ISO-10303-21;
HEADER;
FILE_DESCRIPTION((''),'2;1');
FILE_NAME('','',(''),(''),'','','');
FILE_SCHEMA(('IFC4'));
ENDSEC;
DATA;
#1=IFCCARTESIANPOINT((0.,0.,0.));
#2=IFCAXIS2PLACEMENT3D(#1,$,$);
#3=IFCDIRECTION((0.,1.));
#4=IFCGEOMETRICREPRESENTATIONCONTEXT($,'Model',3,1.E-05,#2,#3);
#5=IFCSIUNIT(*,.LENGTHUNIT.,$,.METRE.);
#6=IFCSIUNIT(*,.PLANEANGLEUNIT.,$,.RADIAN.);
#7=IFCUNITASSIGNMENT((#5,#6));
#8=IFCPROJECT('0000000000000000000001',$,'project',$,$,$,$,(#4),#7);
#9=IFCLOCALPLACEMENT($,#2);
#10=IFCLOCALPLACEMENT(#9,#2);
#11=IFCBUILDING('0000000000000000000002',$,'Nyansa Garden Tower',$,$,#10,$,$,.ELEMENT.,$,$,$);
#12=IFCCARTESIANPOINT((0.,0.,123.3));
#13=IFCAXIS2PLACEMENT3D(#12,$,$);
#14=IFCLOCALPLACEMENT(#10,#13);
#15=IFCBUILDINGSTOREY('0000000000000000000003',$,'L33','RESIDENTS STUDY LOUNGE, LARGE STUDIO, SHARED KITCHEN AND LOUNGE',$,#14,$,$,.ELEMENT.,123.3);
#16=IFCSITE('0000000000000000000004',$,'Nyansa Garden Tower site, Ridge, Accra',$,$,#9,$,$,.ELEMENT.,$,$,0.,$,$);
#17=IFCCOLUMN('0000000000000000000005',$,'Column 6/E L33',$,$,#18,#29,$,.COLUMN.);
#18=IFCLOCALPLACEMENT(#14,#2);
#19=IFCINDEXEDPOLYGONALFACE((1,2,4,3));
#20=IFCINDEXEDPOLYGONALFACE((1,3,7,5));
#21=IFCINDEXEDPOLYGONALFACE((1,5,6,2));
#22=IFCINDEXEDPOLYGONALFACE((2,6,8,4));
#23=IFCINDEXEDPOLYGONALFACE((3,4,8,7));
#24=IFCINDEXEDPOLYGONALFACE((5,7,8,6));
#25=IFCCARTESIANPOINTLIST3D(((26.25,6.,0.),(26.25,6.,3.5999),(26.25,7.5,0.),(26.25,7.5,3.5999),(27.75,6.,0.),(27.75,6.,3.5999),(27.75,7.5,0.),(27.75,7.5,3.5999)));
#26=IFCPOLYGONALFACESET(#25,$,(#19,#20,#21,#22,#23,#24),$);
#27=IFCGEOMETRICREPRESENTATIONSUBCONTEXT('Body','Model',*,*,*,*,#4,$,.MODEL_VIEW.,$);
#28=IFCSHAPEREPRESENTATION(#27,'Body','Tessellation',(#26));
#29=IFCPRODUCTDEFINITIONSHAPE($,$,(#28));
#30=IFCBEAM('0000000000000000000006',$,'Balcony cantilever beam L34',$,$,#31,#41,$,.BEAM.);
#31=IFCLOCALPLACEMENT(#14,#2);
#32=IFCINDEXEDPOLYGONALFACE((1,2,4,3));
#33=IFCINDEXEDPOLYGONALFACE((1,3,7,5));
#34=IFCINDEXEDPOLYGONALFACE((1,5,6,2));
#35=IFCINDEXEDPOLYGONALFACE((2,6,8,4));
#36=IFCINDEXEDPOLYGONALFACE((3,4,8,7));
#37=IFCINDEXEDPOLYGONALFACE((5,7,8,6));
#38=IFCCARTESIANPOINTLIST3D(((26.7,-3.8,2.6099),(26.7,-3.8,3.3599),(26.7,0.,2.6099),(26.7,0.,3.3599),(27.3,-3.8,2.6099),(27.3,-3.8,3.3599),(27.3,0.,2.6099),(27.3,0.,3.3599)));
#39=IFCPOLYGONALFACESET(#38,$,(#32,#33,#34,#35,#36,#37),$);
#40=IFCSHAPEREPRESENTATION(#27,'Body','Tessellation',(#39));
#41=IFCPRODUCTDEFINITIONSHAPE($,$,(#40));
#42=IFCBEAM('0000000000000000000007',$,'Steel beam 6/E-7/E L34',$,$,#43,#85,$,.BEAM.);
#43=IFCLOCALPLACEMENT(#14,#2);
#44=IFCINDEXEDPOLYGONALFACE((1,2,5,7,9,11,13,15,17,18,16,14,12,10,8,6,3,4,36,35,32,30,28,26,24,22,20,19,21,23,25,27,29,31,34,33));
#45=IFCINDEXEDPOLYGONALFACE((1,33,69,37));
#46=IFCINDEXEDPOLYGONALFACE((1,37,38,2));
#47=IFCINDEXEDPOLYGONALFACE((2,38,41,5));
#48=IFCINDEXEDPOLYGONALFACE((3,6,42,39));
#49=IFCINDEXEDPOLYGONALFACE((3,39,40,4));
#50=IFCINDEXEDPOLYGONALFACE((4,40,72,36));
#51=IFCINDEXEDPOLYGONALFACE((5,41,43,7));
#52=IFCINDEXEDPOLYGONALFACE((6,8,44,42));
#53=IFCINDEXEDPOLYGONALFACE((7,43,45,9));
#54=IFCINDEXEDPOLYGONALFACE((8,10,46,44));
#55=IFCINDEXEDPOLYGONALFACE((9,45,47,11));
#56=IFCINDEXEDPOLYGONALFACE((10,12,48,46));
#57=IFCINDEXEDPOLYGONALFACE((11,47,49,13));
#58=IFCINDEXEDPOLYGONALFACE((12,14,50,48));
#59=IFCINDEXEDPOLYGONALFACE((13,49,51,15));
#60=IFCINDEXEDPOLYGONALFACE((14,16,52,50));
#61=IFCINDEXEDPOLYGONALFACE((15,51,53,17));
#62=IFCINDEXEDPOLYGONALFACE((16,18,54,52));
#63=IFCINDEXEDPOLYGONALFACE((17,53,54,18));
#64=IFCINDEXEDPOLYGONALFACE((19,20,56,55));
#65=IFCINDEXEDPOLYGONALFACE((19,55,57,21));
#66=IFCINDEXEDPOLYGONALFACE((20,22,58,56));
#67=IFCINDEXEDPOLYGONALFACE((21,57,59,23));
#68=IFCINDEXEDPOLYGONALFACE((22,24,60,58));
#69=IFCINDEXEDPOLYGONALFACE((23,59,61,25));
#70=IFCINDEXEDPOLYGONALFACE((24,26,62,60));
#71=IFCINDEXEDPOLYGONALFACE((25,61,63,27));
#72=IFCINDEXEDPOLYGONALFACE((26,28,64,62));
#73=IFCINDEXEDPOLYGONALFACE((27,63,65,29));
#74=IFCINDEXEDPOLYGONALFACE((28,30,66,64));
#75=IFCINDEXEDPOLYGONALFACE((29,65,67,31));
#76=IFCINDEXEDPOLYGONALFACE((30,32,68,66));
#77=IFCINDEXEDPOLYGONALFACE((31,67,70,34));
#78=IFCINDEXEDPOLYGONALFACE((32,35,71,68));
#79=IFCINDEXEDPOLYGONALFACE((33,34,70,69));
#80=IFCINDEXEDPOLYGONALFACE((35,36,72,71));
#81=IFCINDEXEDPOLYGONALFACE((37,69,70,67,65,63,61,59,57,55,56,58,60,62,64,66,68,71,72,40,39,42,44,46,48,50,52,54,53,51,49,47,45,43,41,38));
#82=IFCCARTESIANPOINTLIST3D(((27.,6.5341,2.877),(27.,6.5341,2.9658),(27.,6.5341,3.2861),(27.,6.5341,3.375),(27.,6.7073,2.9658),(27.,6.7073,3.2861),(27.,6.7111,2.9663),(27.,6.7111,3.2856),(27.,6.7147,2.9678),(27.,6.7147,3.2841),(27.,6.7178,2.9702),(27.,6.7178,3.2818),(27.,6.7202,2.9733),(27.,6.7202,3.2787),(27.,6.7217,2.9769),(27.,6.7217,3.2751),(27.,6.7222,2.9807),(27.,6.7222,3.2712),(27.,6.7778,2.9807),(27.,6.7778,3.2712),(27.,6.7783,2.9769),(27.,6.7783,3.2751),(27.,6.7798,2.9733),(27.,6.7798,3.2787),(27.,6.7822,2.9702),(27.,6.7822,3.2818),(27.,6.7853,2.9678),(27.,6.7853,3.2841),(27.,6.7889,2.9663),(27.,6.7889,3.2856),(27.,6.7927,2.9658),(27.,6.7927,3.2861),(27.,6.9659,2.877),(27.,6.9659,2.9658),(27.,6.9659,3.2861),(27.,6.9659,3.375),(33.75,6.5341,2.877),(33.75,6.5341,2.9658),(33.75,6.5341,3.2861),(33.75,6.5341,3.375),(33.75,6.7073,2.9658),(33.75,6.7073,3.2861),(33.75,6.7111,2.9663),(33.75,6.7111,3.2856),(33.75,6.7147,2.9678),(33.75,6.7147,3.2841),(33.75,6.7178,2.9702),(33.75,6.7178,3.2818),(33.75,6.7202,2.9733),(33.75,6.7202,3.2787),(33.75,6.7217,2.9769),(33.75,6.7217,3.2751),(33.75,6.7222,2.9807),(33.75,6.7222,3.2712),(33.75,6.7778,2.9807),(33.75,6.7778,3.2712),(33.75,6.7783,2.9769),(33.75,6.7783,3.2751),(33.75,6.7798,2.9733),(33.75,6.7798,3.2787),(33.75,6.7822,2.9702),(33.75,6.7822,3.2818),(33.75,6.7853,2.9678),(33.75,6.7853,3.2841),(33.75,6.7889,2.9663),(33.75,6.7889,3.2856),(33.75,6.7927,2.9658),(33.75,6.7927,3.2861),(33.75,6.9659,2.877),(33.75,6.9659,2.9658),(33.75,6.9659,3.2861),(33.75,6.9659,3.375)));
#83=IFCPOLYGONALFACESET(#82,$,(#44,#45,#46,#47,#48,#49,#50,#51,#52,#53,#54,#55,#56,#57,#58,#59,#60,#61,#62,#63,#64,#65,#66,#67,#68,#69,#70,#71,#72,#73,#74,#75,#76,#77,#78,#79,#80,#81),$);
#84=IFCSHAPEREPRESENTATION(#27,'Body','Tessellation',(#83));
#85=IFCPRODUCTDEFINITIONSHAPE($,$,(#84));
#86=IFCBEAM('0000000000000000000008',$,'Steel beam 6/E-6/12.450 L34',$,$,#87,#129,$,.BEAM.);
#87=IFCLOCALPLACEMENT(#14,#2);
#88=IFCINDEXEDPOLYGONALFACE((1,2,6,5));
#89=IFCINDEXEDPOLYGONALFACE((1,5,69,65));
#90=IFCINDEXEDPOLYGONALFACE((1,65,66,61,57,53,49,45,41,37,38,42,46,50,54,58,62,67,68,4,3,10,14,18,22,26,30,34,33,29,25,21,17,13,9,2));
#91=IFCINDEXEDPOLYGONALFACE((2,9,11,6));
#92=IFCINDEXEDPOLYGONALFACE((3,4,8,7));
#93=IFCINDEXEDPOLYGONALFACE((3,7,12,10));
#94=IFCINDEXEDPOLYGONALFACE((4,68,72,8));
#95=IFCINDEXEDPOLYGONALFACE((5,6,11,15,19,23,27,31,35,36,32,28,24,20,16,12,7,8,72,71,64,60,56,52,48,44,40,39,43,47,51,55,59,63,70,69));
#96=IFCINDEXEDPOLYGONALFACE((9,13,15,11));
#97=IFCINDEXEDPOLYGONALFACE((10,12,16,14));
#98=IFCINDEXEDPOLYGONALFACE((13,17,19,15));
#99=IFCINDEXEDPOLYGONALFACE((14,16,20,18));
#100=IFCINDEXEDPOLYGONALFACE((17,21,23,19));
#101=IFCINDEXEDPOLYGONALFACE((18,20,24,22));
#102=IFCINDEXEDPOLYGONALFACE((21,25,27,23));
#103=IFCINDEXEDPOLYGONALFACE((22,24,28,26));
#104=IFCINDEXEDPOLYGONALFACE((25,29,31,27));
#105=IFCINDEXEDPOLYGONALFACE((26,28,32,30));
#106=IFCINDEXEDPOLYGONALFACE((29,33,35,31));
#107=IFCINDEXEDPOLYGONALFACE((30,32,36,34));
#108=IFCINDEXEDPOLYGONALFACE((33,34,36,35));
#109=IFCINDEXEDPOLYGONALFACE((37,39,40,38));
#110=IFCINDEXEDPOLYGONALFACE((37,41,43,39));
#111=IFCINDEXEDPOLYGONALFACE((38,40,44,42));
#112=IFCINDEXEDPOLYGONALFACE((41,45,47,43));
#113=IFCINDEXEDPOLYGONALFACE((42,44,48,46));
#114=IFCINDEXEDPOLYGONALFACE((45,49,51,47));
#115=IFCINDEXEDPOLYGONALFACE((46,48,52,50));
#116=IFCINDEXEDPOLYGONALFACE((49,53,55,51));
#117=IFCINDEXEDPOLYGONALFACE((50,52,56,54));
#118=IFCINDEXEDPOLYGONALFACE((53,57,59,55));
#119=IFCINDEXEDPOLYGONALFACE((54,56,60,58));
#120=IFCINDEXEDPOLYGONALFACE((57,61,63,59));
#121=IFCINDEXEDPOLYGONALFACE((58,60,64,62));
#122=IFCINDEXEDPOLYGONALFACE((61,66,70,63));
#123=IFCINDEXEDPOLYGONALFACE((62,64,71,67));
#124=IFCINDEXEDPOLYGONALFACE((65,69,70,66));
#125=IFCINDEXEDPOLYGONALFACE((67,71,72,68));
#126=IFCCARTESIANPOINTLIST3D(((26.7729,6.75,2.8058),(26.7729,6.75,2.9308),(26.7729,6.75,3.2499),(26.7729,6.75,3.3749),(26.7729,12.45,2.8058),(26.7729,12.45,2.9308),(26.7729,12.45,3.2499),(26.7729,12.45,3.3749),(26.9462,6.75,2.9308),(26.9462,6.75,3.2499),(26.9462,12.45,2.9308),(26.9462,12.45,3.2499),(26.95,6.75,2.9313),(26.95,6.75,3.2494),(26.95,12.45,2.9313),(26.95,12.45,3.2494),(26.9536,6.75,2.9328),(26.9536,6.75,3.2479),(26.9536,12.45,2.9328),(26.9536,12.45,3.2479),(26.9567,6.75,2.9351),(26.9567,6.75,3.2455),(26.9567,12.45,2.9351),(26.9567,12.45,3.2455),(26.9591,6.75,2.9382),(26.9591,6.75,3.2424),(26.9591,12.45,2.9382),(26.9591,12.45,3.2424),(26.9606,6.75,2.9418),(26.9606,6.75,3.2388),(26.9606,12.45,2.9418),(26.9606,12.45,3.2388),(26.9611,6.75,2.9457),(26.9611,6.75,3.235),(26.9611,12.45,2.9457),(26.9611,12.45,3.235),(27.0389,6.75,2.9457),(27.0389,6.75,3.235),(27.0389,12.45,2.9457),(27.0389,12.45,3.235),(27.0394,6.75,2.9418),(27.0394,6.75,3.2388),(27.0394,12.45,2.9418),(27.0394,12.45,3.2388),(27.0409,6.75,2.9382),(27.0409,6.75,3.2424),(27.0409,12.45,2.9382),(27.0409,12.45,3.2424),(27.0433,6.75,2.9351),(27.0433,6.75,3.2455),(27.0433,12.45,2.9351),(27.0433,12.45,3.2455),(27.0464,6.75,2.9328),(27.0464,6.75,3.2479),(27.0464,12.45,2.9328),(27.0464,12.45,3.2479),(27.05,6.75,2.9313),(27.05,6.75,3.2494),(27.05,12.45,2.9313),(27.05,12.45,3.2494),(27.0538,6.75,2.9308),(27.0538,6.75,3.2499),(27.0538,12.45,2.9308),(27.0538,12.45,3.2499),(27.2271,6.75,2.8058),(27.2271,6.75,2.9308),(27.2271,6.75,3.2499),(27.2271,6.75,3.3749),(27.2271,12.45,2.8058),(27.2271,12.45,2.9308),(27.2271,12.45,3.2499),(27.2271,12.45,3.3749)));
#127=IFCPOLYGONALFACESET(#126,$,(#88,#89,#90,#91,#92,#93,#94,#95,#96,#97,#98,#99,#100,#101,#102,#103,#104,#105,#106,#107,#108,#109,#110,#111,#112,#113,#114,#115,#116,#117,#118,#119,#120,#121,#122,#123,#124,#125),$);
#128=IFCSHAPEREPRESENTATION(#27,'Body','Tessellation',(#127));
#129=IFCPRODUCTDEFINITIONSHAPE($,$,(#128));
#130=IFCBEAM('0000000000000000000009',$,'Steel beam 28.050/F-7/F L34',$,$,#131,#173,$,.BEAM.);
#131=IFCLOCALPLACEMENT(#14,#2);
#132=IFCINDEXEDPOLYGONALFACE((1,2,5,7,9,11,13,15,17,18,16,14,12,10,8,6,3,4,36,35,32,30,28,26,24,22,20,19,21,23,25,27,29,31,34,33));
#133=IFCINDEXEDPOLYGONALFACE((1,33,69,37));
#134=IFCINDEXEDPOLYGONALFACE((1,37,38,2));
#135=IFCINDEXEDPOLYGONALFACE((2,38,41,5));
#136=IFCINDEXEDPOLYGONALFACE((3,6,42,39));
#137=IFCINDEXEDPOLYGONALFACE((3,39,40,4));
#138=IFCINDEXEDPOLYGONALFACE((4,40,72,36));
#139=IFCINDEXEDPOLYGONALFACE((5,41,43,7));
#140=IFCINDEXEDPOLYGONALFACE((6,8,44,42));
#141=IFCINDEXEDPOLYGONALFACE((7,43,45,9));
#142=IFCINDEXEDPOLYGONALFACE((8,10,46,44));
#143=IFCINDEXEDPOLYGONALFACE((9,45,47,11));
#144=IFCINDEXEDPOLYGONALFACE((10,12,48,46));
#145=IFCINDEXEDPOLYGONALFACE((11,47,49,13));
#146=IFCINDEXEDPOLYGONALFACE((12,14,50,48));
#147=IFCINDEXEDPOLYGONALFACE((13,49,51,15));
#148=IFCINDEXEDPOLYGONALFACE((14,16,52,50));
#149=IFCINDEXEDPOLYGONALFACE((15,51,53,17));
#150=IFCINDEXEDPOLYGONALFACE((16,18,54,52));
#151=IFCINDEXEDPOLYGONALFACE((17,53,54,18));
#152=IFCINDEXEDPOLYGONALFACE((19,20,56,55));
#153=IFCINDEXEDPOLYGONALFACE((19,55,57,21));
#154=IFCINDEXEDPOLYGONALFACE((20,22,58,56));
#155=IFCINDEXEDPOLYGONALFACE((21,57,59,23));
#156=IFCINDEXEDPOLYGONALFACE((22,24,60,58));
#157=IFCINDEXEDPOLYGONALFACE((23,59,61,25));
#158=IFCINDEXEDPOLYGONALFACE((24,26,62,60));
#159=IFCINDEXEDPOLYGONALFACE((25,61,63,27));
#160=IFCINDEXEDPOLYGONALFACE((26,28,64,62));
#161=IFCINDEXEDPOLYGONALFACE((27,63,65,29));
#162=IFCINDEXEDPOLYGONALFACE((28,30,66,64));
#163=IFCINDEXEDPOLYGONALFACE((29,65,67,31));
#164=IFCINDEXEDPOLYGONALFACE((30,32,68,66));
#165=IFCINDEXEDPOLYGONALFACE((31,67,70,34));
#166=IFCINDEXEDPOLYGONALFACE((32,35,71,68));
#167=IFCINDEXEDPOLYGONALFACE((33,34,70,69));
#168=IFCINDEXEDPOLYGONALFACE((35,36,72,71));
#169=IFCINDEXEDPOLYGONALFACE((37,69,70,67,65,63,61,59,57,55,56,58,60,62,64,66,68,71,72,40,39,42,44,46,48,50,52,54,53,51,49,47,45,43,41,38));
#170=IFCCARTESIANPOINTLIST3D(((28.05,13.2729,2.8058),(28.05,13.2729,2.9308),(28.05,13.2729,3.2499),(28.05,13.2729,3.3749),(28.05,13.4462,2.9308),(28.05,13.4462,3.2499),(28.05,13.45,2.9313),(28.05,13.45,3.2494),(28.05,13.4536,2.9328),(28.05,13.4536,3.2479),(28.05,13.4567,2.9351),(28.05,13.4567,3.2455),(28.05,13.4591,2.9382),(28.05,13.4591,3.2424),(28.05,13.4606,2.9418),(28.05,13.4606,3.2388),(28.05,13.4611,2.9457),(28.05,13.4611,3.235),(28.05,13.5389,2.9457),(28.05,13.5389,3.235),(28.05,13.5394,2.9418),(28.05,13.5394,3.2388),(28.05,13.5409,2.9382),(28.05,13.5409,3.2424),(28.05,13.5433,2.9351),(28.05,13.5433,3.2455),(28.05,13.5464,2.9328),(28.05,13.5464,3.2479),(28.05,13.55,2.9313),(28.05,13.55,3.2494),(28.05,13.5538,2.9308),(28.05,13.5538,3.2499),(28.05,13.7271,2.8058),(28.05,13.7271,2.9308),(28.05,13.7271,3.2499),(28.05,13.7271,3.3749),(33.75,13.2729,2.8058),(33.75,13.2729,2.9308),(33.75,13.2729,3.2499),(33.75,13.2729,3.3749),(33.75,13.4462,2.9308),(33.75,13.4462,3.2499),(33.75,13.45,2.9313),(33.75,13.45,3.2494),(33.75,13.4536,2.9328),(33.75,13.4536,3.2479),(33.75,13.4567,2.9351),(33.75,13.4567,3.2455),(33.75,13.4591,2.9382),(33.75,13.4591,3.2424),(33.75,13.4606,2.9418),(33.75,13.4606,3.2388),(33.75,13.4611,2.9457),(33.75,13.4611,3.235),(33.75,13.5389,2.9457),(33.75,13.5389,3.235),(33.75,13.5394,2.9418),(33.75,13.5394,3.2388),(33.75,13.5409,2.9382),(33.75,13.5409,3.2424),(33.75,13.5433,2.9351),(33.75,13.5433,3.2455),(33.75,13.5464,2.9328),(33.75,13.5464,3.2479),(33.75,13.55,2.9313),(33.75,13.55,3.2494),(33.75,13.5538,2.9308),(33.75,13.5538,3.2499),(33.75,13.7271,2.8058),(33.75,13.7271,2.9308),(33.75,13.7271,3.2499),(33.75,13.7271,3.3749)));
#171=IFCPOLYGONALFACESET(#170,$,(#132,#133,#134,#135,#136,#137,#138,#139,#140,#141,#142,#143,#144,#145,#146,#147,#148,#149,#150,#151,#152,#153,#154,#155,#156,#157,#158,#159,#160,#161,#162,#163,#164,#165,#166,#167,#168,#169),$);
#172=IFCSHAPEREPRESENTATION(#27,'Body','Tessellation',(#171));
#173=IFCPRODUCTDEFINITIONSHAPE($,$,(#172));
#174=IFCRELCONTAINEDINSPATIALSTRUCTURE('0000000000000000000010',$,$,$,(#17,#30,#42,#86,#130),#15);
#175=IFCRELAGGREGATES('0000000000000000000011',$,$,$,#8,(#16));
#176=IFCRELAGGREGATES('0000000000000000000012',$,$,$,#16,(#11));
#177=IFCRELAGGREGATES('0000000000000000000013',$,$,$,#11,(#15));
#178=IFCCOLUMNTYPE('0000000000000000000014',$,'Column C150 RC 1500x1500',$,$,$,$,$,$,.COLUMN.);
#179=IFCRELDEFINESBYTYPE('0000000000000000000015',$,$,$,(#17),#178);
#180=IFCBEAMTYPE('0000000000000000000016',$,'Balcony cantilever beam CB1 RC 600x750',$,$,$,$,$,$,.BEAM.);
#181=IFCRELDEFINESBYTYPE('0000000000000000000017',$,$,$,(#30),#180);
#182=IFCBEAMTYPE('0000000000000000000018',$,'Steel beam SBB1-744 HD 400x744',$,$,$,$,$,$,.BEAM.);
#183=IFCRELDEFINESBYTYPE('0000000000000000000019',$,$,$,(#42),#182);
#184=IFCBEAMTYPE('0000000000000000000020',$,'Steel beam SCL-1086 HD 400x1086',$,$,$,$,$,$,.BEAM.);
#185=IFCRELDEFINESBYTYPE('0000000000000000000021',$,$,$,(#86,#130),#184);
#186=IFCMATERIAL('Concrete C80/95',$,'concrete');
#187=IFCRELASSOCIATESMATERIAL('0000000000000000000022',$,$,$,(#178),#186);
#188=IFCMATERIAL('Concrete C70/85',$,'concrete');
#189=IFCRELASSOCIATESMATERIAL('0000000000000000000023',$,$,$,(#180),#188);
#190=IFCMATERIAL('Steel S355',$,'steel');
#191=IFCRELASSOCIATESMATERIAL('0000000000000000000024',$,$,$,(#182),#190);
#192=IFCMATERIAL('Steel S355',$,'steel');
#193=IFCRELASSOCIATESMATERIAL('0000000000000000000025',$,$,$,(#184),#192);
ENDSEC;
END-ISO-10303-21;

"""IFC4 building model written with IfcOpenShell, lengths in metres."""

from ifc_helpers import new_model, si_unit, direction, frame, origin, origin_2d, place, context, subcontext, project, spatial, rectangle, i_section, extrude, material, material_profile, profile_set, type_object, element, save


model = new_model("IFC4")

# Units and contexts
model_context = context("Model", 3, precision=1e-05, world=origin(), true_north=direction((0.0, 1.0)))
body_context = subcontext(model_context, "Body", "Model", "MODEL_VIEW")
ifc_project = project(units=[si_unit("LENGTHUNIT", "METRE"), si_unit("PLANEANGLEUNIT", "RADIAN")], contexts=[model_context])

# Site, building, storey
site_placement = place(None, origin())
site = spatial("IfcSite", under=ifc_project, at=site_placement, Name="Nyansa Garden Tower site, Ridge, Accra", CompositionType="ELEMENT", RefElevation=0.0)
building_placement = place(site_placement, origin())
building = spatial("IfcBuilding", under=site, at=building_placement, Name="Nyansa Garden Tower", CompositionType="ELEMENT")
storey_placement = place(building_placement, frame((0.0, 0.0, 123.3)))
storey = spatial("IfcBuildingStorey", under=building, at=storey_placement, Name="L33", Description="RESIDENTS STUDY LOUNGE, LARGE STUDIO, SHARED KITCHEN AND LOUNGE", CompositionType="ELEMENT", Elevation=123.3)

# Column
ifc_material_1 = material(Name="Concrete C80/95", Category="concrete")
ifc_material_profile_1 = material_profile(ifc_material_1, rectangle(XDim=1.5, YDim=1.5, at=origin_2d()), Name="RC 1500x1500")
ifc_profile_set_1 = profile_set([ifc_material_profile_1], Name="Concrete C80/95")
column_type = type_object("IfcColumnType", Name="Column C150 RC 1500x1500", PredefinedType="COLUMN", material=ifc_profile_set_1)
column_placement = place(storey_placement, frame((27.0, 6.75, 0.0), z_axis=(0.0, 0.0, 1.0), x_axis=(1.0, 0.0, 0.0)))
element("IfcColumn", 1, at=column_placement, inside=storey, type_object=column_type, Name="Column 6/E L33", PredefinedType="COLUMN", context=body_context, shape_type="SweptSolid", body=[
    extrude(rectangle(XDim=1.5, YDim=1.5, at=origin_2d()), origin(), (0.0, 0.0, 1.0), 3.5999),
])

# Beams
ifc_material_2 = material(Name="Concrete C70/85", Category="concrete")
ifc_material_profile_2 = material_profile(ifc_material_2, rectangle(XDim=0.6001, YDim=0.75, at=origin_2d()), Name="RC 600x750")
ifc_profile_set_2 = profile_set([ifc_material_profile_2], Name="Concrete C70/85")
beam_type_1 = type_object("IfcBeamType", Name="Balcony cantilever beam CB1 RC 600x750", PredefinedType="BEAM", material=ifc_profile_set_2)
beam_1_placement = place(storey_placement, frame((27.0, 0.0, 2.9849), z_axis=(0.0, -1.0, 0.0), x_axis=(1.0, 0.0, 0.0)))
element("IfcBeam", 2, at=beam_1_placement, inside=storey, type_object=beam_type_1, Name="Balcony cantilever beam L34", PredefinedType="BEAM", context=body_context, shape_type="SweptSolid", body=[
    extrude(rectangle(XDim=0.6001, YDim=0.75, at=origin_2d()), origin(), (0.0, 0.0, 1.0), 3.8),
])
ifc_material_3 = material(Name="Steel S355", Category="steel")
ifc_material_profile_3 = material_profile(ifc_material_3, i_section(OverallWidth=0.4319, OverallDepth=0.498, WebThickness=0.0557, FlangeThickness=0.0889, FilletRadius=0.0149, at=origin_2d()), Name="HD 400x744")
ifc_profile_set_3 = profile_set([ifc_material_profile_3], Name="Steel S355")
beam_type_2 = type_object("IfcBeamType", Name="Steel beam SBB1-744 HD 400x744", PredefinedType="BEAM", material=ifc_profile_set_3)
beam_2_placement = place(storey_placement, frame((27.0, 6.75, 3.126), z_axis=(1.0, 0.0, 0.0), x_axis=(0.0, 1.0, 0.0)))
element("IfcBeam", 3, at=beam_2_placement, inside=storey, type_object=beam_type_2, Name="Steel beam 6/E-7/E L34", PredefinedType="BEAM", context=body_context, shape_type="SweptSolid", body=[
    extrude(i_section(OverallWidth=0.4319, OverallDepth=0.498, WebThickness=0.0557, FlangeThickness=0.0889, FilletRadius=0.0149, at=origin_2d()), origin(), (0.0, 0.0, 1.0), 6.75),
])
ifc_material_4 = material(Name="Steel S355", Category="steel")
ifc_material_profile_4 = material_profile(ifc_material_4, i_section(OverallWidth=0.4541, OverallDepth=0.5691, WebThickness=0.0779, FlangeThickness=0.125, FilletRadius=0.0149, at=origin_2d()), Name="HD 400x1086")
ifc_profile_set_4 = profile_set([ifc_material_profile_4], Name="Steel S355")
beam_type_3 = type_object("IfcBeamType", Name="Steel beam SCL-1086 HD 400x1086", PredefinedType="BEAM", material=ifc_profile_set_4)
for number, where, z_axis, x_axis, name in (
    (4, (27.0, 6.75, 3.0903), (0.0, 1.0, 0.0), (-1.0, 0.0, 0.0), "Steel beam 6/E-6/12.450 L34"),
    (5, (28.05, 13.5, 3.0903), (1.0, 0.0, 0.0), (0.0, 1.0, 0.0), "Steel beam 28.050/F-7/F L34"),
):
    element("IfcBeam", number, at=place(storey_placement, frame(where, z_axis=z_axis, x_axis=x_axis)), inside=storey, type_object=beam_type_3, Name=name, PredefinedType="BEAM", context=body_context, shape_type="SweptSolid", body=[
        extrude(i_section(OverallWidth=0.4541, OverallDepth=0.5691, WebThickness=0.0779, FlangeThickness=0.125, FilletRadius=0.0149, at=origin_2d()), origin(), (0.0, 0.0, 1.0), 5.7),
    ])

save(model, "model.ifc")
